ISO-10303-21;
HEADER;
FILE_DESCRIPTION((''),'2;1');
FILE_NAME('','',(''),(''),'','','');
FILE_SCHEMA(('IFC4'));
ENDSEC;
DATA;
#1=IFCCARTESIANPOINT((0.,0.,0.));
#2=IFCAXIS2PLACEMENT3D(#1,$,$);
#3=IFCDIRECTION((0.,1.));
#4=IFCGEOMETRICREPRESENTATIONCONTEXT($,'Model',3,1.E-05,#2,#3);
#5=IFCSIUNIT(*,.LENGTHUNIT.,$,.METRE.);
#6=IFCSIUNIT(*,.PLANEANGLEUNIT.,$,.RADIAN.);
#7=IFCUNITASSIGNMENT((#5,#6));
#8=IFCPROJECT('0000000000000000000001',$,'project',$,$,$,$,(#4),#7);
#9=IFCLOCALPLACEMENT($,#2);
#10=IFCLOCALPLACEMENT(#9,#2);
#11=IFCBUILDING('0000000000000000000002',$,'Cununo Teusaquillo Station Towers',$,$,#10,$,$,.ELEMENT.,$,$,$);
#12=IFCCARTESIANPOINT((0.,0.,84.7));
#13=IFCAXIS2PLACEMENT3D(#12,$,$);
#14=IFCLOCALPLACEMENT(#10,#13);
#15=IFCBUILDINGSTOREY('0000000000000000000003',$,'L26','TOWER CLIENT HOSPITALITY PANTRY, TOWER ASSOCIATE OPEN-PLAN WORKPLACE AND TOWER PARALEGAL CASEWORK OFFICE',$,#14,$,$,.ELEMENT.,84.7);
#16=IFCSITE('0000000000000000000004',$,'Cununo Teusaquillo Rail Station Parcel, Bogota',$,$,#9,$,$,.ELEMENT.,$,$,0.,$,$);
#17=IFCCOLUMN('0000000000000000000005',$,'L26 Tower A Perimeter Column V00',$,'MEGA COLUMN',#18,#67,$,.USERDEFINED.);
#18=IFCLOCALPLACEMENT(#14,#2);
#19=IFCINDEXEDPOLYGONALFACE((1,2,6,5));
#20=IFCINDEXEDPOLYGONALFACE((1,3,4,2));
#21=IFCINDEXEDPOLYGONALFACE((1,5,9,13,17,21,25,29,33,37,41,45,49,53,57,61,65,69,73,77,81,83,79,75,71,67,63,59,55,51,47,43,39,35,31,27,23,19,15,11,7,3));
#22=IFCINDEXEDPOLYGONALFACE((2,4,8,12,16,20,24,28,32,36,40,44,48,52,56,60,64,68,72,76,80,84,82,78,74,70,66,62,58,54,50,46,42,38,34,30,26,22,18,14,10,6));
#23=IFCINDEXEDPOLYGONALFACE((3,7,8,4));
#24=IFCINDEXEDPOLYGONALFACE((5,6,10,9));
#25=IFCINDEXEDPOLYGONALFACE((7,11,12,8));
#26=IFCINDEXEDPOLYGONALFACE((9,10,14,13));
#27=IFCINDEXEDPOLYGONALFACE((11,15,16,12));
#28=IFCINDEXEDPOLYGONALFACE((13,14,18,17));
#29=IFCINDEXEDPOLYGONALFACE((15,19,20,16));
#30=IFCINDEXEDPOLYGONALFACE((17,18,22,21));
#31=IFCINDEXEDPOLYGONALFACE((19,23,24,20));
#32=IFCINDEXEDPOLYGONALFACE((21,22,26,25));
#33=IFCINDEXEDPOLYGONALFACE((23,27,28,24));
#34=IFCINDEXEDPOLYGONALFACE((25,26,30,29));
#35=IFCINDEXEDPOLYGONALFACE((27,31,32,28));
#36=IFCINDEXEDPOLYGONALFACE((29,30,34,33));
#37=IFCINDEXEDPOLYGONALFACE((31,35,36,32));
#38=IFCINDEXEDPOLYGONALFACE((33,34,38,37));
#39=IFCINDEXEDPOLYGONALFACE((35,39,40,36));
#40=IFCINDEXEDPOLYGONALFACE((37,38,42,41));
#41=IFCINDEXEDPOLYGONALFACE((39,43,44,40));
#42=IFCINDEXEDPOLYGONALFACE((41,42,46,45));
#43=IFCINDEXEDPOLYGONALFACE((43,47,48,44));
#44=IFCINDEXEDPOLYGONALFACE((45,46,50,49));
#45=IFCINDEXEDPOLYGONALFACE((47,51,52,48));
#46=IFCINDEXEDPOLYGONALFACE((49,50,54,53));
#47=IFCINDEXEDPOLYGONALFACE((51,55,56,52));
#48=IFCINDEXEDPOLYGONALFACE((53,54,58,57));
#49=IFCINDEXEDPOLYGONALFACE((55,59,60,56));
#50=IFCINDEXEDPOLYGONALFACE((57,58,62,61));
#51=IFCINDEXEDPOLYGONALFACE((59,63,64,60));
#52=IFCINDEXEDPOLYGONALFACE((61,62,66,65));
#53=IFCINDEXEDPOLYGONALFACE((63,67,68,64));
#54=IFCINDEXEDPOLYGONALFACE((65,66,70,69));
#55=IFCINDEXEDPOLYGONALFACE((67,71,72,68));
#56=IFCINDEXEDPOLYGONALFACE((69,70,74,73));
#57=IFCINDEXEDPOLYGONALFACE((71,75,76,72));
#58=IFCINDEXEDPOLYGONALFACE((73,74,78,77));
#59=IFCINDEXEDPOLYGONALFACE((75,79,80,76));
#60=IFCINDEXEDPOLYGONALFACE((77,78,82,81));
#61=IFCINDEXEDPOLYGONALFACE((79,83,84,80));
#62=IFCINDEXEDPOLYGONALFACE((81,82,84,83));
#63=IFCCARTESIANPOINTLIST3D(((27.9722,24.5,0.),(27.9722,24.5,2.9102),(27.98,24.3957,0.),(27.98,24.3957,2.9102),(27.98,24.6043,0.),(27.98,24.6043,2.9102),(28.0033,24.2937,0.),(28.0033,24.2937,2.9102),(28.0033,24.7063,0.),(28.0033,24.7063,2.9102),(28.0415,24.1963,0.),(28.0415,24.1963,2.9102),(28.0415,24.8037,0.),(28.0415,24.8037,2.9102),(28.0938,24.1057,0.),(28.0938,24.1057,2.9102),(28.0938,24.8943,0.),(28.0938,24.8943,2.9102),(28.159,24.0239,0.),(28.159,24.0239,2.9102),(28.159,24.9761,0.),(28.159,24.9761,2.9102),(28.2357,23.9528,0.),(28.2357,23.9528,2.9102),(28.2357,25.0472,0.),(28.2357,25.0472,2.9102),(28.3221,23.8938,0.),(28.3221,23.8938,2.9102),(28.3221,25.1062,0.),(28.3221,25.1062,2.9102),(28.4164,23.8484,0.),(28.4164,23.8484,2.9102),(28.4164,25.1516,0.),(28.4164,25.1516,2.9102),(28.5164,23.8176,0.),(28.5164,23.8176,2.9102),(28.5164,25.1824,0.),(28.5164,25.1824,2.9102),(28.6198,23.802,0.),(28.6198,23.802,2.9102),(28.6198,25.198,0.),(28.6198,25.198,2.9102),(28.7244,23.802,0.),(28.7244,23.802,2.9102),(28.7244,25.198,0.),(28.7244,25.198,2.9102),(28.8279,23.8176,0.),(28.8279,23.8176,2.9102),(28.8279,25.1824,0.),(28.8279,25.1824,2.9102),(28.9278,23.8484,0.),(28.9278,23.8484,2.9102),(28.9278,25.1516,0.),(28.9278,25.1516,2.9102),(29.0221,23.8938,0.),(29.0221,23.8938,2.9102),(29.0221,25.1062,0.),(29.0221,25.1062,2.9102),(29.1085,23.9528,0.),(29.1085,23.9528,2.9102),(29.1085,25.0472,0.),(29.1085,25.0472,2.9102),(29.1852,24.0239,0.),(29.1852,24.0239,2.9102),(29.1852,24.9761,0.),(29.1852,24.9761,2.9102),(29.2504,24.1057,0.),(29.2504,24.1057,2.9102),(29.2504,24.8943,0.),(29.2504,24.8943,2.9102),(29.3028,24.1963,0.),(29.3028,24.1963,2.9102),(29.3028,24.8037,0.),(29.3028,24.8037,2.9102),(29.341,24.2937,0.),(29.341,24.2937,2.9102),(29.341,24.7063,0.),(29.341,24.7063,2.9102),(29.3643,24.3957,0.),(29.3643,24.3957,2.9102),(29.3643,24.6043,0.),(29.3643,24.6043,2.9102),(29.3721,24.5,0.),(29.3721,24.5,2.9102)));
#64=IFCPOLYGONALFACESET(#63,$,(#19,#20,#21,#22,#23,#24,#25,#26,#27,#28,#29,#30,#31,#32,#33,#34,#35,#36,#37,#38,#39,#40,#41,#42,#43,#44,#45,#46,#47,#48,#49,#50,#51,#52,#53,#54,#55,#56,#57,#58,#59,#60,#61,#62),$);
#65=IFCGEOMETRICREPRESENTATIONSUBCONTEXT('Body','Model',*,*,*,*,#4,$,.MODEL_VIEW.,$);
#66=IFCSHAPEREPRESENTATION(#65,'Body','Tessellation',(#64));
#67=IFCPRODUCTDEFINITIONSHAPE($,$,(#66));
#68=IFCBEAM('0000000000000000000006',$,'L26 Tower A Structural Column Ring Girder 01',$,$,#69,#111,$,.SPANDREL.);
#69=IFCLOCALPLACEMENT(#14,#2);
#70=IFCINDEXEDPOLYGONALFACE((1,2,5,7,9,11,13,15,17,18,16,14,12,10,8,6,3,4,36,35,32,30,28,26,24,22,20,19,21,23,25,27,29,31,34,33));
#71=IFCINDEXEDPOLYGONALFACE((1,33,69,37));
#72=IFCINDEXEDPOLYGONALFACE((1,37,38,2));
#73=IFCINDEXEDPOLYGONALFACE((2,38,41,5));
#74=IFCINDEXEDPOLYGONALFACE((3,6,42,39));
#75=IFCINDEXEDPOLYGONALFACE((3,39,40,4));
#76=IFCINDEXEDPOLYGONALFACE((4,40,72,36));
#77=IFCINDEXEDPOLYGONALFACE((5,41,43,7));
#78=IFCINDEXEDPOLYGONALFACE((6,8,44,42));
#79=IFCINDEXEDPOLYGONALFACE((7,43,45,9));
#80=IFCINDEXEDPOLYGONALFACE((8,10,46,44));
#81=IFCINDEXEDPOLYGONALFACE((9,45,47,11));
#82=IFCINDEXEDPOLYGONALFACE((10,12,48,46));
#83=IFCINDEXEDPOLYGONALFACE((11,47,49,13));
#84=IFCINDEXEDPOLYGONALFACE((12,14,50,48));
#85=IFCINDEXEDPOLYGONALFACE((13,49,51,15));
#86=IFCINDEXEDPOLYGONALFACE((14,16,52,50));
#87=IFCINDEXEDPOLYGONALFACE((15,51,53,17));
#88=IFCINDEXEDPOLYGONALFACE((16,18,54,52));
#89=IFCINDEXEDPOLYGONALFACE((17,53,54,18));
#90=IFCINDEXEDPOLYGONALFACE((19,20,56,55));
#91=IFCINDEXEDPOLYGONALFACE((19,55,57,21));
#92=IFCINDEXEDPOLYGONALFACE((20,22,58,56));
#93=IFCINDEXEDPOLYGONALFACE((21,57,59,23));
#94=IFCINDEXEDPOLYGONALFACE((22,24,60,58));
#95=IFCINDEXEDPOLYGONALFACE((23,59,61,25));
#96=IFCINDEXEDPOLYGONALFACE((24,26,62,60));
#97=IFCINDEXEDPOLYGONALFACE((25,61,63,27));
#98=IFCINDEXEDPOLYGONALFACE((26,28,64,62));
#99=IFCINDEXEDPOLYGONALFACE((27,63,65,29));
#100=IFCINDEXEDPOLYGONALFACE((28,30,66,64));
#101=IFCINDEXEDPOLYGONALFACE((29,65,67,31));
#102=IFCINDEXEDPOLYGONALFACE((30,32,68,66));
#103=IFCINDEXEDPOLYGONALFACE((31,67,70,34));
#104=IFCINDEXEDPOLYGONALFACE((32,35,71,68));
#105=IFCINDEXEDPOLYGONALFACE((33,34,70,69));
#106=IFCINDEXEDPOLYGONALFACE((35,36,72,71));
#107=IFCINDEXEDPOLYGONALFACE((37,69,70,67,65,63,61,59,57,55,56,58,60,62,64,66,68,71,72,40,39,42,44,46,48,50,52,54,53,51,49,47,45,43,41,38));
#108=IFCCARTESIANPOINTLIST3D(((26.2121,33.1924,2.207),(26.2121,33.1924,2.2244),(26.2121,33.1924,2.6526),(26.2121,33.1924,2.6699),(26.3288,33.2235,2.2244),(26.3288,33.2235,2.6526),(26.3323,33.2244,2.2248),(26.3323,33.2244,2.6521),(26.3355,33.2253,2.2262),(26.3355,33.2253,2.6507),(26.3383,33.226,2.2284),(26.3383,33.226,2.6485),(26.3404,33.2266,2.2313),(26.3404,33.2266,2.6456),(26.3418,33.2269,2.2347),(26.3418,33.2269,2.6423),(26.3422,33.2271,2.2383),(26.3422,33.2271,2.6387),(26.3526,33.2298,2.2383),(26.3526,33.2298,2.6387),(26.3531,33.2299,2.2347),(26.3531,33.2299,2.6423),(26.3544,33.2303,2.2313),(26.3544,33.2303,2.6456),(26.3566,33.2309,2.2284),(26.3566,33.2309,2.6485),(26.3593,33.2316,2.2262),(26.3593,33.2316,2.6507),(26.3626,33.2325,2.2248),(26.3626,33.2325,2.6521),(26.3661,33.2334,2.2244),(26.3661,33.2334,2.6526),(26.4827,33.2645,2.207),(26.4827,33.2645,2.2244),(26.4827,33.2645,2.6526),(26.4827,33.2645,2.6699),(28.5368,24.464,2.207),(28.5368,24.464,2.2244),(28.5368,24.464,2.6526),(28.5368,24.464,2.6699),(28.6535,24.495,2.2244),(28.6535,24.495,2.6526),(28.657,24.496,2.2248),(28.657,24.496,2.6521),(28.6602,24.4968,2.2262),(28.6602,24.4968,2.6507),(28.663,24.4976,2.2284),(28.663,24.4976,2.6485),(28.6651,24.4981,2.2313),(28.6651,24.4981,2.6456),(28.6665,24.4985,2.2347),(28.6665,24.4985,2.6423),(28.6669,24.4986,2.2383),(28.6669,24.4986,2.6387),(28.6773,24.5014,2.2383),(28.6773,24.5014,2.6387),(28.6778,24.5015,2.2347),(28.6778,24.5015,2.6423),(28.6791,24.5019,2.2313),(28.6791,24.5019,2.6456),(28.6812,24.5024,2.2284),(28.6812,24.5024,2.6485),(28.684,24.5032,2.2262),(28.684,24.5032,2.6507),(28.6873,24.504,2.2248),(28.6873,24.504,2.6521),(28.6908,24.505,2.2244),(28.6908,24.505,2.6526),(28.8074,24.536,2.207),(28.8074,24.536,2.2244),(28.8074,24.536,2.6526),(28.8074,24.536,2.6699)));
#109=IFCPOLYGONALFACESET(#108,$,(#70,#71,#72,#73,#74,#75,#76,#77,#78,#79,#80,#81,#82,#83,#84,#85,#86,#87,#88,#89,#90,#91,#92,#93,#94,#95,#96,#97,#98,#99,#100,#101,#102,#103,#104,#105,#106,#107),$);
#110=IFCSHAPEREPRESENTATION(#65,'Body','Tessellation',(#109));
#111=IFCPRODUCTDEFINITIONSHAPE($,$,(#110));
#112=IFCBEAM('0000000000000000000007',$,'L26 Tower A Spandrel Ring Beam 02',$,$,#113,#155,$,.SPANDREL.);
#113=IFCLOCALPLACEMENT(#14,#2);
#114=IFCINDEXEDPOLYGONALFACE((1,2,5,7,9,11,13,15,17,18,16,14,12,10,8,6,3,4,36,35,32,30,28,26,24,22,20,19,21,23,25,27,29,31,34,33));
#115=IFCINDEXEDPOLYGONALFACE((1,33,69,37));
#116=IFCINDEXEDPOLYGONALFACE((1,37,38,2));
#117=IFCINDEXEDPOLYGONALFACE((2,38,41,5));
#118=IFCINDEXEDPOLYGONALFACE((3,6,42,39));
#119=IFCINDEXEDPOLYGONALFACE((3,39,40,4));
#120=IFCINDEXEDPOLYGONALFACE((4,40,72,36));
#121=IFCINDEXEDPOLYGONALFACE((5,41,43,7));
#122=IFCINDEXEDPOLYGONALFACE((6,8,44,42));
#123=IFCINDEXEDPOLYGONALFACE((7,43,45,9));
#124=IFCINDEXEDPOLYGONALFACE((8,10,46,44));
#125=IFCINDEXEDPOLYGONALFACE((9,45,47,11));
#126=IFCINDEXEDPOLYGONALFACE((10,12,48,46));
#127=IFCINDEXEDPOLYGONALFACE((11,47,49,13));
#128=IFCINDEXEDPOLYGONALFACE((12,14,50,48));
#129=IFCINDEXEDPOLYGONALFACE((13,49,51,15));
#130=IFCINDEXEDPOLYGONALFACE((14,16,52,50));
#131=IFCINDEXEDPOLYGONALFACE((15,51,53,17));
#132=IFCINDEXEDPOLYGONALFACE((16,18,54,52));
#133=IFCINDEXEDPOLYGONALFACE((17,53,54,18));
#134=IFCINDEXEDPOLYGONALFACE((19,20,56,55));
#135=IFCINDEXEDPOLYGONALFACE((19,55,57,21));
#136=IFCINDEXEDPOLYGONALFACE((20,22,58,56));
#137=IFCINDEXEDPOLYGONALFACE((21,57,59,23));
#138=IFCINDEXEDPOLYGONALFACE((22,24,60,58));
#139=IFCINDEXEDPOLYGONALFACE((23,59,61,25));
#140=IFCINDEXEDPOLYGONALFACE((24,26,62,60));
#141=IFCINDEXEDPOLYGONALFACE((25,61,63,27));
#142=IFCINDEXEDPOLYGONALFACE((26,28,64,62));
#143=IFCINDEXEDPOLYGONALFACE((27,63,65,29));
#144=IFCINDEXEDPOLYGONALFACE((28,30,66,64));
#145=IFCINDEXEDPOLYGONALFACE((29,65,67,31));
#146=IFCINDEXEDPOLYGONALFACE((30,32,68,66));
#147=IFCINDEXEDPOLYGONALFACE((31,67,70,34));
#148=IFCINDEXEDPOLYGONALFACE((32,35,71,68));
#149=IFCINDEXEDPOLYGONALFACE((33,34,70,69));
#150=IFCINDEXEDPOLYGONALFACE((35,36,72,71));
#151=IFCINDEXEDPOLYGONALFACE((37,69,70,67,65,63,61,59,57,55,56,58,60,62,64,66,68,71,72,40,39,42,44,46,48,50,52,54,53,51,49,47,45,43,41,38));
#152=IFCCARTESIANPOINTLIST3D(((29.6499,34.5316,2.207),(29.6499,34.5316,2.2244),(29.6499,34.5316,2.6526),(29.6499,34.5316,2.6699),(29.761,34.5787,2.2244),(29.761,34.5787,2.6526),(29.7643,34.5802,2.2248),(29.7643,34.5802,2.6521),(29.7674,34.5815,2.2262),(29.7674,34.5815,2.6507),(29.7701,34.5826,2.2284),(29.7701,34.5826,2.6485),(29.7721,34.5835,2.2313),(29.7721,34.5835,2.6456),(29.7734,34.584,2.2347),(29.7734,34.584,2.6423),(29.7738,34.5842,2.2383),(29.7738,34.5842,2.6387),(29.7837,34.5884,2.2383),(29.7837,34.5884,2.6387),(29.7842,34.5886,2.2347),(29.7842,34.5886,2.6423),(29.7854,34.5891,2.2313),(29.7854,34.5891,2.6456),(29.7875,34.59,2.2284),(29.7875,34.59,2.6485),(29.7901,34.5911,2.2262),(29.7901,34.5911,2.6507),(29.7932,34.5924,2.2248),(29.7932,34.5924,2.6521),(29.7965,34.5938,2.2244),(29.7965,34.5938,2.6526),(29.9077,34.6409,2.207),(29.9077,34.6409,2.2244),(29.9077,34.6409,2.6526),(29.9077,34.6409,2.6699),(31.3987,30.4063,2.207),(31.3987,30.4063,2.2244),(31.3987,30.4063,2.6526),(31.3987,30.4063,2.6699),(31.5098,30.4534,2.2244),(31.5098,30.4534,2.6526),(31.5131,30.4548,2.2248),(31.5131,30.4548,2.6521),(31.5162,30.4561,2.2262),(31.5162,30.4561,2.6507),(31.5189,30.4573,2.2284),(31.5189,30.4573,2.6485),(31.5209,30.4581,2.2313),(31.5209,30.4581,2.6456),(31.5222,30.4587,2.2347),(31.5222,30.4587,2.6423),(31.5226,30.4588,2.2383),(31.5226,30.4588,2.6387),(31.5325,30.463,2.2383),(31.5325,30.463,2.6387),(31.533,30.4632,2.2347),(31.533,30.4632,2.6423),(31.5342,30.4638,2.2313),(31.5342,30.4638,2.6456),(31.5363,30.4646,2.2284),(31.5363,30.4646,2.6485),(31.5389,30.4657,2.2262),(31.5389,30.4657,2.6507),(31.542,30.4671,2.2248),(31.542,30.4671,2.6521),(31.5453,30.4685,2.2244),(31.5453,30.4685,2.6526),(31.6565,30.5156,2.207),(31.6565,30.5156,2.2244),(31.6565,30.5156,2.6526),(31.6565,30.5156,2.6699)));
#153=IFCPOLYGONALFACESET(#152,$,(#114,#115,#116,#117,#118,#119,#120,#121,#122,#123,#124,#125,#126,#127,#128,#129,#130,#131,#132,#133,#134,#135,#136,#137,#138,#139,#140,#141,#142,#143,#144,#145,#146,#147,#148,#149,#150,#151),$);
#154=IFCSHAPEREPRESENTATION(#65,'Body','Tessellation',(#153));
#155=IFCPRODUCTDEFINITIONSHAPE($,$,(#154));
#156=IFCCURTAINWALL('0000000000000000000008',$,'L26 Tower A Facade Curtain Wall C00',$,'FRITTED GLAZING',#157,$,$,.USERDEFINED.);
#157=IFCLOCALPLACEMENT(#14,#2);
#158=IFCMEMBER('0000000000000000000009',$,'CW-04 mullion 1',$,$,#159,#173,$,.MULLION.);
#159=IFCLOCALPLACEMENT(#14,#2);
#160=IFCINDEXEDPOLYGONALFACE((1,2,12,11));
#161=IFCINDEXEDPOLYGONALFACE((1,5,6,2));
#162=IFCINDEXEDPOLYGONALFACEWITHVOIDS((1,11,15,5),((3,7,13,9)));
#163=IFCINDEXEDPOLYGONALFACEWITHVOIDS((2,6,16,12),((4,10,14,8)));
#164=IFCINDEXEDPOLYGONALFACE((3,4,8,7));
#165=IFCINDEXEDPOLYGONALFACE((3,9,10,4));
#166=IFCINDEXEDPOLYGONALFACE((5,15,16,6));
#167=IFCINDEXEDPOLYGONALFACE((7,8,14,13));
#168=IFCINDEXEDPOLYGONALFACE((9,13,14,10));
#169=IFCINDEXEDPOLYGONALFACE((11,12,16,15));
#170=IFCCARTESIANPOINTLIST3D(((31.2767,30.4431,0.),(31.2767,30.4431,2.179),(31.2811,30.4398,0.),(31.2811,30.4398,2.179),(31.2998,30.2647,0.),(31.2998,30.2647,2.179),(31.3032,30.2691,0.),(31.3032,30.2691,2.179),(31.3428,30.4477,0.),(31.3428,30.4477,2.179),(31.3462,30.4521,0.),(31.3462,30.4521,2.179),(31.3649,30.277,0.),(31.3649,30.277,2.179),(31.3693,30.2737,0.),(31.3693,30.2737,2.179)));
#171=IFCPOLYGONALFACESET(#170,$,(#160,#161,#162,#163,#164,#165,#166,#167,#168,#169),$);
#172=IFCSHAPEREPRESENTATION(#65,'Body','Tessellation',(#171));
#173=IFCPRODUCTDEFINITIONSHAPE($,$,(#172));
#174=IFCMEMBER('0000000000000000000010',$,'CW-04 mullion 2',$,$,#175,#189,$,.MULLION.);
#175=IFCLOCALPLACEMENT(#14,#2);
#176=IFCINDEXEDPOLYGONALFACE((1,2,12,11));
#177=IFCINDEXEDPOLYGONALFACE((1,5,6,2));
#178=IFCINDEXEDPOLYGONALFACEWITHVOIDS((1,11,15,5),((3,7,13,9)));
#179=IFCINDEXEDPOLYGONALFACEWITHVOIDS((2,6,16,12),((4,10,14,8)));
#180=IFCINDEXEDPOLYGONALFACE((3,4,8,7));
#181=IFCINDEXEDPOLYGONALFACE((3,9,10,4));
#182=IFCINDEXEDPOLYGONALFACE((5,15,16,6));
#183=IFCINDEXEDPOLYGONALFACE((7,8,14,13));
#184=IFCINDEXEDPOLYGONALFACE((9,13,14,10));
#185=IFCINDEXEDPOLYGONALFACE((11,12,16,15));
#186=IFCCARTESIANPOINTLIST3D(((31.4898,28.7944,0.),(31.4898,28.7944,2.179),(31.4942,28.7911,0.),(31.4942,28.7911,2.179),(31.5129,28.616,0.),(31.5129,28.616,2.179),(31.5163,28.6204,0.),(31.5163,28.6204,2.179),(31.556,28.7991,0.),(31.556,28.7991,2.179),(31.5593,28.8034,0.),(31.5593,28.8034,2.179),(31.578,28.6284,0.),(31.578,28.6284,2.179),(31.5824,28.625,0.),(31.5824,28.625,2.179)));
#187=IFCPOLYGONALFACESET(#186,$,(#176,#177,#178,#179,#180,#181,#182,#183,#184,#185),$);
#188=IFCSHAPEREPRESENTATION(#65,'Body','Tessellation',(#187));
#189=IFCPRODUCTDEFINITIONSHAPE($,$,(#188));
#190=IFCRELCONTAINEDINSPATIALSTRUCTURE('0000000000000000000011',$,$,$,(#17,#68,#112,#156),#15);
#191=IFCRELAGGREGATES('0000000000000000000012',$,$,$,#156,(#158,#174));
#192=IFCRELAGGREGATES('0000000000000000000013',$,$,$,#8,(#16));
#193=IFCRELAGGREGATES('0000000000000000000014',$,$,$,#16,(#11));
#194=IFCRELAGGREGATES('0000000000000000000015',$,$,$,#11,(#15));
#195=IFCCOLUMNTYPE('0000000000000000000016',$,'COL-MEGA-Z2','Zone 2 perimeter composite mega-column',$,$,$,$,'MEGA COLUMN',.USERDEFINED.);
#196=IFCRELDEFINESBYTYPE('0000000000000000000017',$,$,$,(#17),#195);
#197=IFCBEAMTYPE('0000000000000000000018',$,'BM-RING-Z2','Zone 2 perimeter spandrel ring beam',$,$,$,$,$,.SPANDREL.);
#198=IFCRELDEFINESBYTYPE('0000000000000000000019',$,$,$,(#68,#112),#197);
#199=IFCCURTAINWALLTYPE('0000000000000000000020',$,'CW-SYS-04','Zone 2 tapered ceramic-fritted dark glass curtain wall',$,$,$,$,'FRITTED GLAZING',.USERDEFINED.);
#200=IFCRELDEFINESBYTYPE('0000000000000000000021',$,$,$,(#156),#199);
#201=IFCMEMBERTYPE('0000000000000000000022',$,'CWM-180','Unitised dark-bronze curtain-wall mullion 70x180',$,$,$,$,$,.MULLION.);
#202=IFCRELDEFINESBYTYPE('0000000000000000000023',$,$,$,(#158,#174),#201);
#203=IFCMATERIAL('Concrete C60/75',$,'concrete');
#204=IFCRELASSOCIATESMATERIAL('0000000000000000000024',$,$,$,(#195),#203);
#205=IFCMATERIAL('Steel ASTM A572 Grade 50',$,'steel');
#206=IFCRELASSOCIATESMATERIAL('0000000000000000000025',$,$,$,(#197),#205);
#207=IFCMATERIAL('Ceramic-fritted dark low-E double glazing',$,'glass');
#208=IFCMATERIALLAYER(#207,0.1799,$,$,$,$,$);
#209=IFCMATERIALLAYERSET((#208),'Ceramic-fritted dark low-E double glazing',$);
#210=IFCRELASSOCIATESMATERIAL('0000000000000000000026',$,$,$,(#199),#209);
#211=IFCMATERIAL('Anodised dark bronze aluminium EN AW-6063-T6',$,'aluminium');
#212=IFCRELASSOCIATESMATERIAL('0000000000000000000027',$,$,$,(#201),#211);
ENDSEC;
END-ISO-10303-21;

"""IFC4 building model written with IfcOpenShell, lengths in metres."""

from ifc_helpers import new_model, si_unit, direction, frame, origin, origin_2d, place, context, subcontext, project, spatial, hollow_rectangle, circle, i_section, extrude, material, layer, layer_set, material_profile, profile_set, type_object, element, aggregate, save


model = new_model("IFC4")

# Units and contexts
model_context = context("Model", 3, precision=1e-05, world=origin(), true_north=direction((0.0, 1.0)))
body_context = subcontext(model_context, "Body", "Model", "MODEL_VIEW")
ifc_project = project(units=[si_unit("LENGTHUNIT", "METRE"), si_unit("PLANEANGLEUNIT", "RADIAN")], contexts=[model_context])

# Site, building, storey
site_placement = place(None, origin())
site = spatial("IfcSite", under=ifc_project, at=site_placement, Name="Cununo Teusaquillo Rail Station Parcel, Bogota", CompositionType="ELEMENT", RefElevation=0.0)
building_placement = place(site_placement, origin())
building = spatial("IfcBuilding", under=site, at=building_placement, Name="Cununo Teusaquillo Station Towers", CompositionType="ELEMENT")
storey_placement = place(building_placement, frame((0.0, 0.0, 84.7)))
storey = spatial("IfcBuildingStorey", under=building, at=storey_placement, Name="L26", Description="TOWER CLIENT HOSPITALITY PANTRY, TOWER ASSOCIATE OPEN-PLAN WORKPLACE AND TOWER PARALEGAL CASEWORK OFFICE", CompositionType="ELEMENT", Elevation=84.7)

# Column
ifc_material_1 = material(Name="Concrete C60/75", Category="concrete")
ifc_material_profile_1 = material_profile(ifc_material_1, circle(Radius=0.7, at=origin_2d()), Name="RC-CIRC-1400")
ifc_profile_set_1 = profile_set([ifc_material_profile_1], Name="Concrete C60/75")
column_type = type_object("IfcColumnType", Name="COL-MEGA-Z2", Description="Zone 2 perimeter composite mega-column", ElementType="MEGA COLUMN", PredefinedType="USERDEFINED", material=ifc_profile_set_1)
column_placement = place(storey_placement, frame((28.6721, 24.5, 0.0), z_axis=(0.0, 0.0, 1.0), x_axis=(1.0, 0.0, 0.0)))
element("IfcColumn", 1, at=column_placement, inside=storey, type_object=column_type, Name="L26 Tower A Perimeter Column V00", ObjectType="MEGA COLUMN", PredefinedType="USERDEFINED", context=body_context, shape_type="SweptSolid", body=[
    extrude(circle(Radius=0.7, at=origin_2d()), origin(), (0.0, 0.0, 1.0), 2.9102),
])

# Beams
ifc_material_2 = material(Name="Steel ASTM A572 Grade 50", Category="steel")
ifc_material_profile_2 = material_profile(ifc_material_2, i_section(OverallWidth=0.28, OverallDepth=0.4629, WebThickness=0.0107, FlangeThickness=0.0173, FilletRadius=0.0139, at=origin_2d()), Name="W18X76")
ifc_profile_set_2 = profile_set([ifc_material_profile_2], Name="Steel ASTM A572 Grade 50")
beam_type = type_object("IfcBeamType", Name="BM-RING-Z2", Description="Zone 2 perimeter spandrel ring beam", PredefinedType="SPANDREL", material=ifc_profile_set_2)
beam_1_placement = place(storey_placement, frame((28.6721, 24.5, 2.4385), z_axis=(-0.257363, 0.966315, 0.0), x_axis=(-0.966315, -0.257363, 0.0)))
element("IfcBeam", 2, at=beam_1_placement, inside=storey, type_object=beam_type, Name="L26 Tower A Structural Column Ring Girder 01", PredefinedType="SPANDREL", context=body_context, shape_type="SweptSolid", body=[
    extrude(i_section(OverallWidth=0.28, OverallDepth=0.4629, WebThickness=0.0107, FlangeThickness=0.0173, FilletRadius=0.0139, at=origin_2d()), origin(), (0.0, 0.0, 1.0), 9.0327),
])
beam_2_placement = place(storey_placement, frame((31.5276, 30.4609, 2.4385), z_axis=(-0.390299, 0.920688, 0.0), x_axis=(-0.920688, -0.390299, 0.0)))
element("IfcBeam", 3, at=beam_2_placement, inside=storey, type_object=beam_type, Name="L26 Tower A Spandrel Ring Beam 02", PredefinedType="SPANDREL", context=body_context, shape_type="SweptSolid", body=[
    extrude(i_section(OverallWidth=0.28, OverallDepth=0.4629, WebThickness=0.0107, FlangeThickness=0.0173, FilletRadius=0.0139, at=origin_2d()), origin(), (0.0, 0.0, 1.0), 4.4807),
])

# Curtain wall, members
ifc_material_3 = material(Name="Ceramic-fritted dark low-E double glazing", Category="glass")
ifc_layer_1 = layer(ifc_material_3, 0.1799)
ifc_layer_set_1 = layer_set([ifc_layer_1], Name="Ceramic-fritted dark low-E double glazing")
curtain_wall_type = type_object("IfcCurtainWallType", Name="CW-SYS-04", Description="Zone 2 tapered ceramic-fritted dark glass curtain wall", ElementType="FRITTED GLAZING", PredefinedType="USERDEFINED", material=ifc_layer_set_1)
curtain_wall_placement = place(storey_placement, origin())
curtain_wall = element("IfcCurtainWall", 4, at=curtain_wall_placement, inside=storey, type_object=curtain_wall_type, Name="L26 Tower A Facade Curtain Wall C00", ObjectType="FRITTED GLAZING", PredefinedType="USERDEFINED")
ifc_material_4 = material(Name="Anodised dark bronze aluminium EN AW-6063-T6", Category="aluminium")
ifc_material_profile_3 = material_profile(ifc_material_4, hollow_rectangle(XDim=0.0701, YDim=0.1799, WallThickness=0.0039, at=origin_2d()), Name="CW-MULL-70x180")
ifc_profile_set_3 = profile_set([ifc_material_profile_3], Name="Anodised dark bronze aluminium EN AW-6063-T6")
member_type_1 = type_object("IfcMemberType", Name="CWM-180", Description="Unitised dark-bronze curtain-wall mullion 70x180", PredefinedType="MULLION", material=ifc_profile_set_3)
member_1_placement = place(storey_placement, frame((31.323, 30.3584, 0.0), z_axis=(0.0, 0.0, 1.0), x_axis=(0.991731, 0.128336, 0.0)))
member_1 = element("IfcMember", 5, at=member_1_placement, type_object=member_type_1, Name="CW-04 mullion 1", PredefinedType="MULLION", context=body_context, shape_type="SweptSolid", body=[
    extrude(hollow_rectangle(XDim=0.0701, YDim=0.1799, WallThickness=0.0039, at=origin_2d()), origin(), (0.0, 0.0, 1.0), 2.179),
])
member_2_placement = place(storey_placement, frame((31.5361, 28.7097, 0.0), z_axis=(0.0, 0.0, 1.0), x_axis=(0.991731, 0.128336, 0.0)))
member_2 = element("IfcMember", 6, at=member_2_placement, type_object=member_type_1, Name="CW-04 mullion 2", PredefinedType="MULLION", context=body_context, shape_type="SweptSolid", body=[
    extrude(hollow_rectangle(XDim=0.0701, YDim=0.1799, WallThickness=0.0039, at=origin_2d()), origin(), (0.0, 0.0, 1.0), 2.179),
])
aggregate(curtain_wall, [member_1, member_2])

save(model, "model.ifc")
